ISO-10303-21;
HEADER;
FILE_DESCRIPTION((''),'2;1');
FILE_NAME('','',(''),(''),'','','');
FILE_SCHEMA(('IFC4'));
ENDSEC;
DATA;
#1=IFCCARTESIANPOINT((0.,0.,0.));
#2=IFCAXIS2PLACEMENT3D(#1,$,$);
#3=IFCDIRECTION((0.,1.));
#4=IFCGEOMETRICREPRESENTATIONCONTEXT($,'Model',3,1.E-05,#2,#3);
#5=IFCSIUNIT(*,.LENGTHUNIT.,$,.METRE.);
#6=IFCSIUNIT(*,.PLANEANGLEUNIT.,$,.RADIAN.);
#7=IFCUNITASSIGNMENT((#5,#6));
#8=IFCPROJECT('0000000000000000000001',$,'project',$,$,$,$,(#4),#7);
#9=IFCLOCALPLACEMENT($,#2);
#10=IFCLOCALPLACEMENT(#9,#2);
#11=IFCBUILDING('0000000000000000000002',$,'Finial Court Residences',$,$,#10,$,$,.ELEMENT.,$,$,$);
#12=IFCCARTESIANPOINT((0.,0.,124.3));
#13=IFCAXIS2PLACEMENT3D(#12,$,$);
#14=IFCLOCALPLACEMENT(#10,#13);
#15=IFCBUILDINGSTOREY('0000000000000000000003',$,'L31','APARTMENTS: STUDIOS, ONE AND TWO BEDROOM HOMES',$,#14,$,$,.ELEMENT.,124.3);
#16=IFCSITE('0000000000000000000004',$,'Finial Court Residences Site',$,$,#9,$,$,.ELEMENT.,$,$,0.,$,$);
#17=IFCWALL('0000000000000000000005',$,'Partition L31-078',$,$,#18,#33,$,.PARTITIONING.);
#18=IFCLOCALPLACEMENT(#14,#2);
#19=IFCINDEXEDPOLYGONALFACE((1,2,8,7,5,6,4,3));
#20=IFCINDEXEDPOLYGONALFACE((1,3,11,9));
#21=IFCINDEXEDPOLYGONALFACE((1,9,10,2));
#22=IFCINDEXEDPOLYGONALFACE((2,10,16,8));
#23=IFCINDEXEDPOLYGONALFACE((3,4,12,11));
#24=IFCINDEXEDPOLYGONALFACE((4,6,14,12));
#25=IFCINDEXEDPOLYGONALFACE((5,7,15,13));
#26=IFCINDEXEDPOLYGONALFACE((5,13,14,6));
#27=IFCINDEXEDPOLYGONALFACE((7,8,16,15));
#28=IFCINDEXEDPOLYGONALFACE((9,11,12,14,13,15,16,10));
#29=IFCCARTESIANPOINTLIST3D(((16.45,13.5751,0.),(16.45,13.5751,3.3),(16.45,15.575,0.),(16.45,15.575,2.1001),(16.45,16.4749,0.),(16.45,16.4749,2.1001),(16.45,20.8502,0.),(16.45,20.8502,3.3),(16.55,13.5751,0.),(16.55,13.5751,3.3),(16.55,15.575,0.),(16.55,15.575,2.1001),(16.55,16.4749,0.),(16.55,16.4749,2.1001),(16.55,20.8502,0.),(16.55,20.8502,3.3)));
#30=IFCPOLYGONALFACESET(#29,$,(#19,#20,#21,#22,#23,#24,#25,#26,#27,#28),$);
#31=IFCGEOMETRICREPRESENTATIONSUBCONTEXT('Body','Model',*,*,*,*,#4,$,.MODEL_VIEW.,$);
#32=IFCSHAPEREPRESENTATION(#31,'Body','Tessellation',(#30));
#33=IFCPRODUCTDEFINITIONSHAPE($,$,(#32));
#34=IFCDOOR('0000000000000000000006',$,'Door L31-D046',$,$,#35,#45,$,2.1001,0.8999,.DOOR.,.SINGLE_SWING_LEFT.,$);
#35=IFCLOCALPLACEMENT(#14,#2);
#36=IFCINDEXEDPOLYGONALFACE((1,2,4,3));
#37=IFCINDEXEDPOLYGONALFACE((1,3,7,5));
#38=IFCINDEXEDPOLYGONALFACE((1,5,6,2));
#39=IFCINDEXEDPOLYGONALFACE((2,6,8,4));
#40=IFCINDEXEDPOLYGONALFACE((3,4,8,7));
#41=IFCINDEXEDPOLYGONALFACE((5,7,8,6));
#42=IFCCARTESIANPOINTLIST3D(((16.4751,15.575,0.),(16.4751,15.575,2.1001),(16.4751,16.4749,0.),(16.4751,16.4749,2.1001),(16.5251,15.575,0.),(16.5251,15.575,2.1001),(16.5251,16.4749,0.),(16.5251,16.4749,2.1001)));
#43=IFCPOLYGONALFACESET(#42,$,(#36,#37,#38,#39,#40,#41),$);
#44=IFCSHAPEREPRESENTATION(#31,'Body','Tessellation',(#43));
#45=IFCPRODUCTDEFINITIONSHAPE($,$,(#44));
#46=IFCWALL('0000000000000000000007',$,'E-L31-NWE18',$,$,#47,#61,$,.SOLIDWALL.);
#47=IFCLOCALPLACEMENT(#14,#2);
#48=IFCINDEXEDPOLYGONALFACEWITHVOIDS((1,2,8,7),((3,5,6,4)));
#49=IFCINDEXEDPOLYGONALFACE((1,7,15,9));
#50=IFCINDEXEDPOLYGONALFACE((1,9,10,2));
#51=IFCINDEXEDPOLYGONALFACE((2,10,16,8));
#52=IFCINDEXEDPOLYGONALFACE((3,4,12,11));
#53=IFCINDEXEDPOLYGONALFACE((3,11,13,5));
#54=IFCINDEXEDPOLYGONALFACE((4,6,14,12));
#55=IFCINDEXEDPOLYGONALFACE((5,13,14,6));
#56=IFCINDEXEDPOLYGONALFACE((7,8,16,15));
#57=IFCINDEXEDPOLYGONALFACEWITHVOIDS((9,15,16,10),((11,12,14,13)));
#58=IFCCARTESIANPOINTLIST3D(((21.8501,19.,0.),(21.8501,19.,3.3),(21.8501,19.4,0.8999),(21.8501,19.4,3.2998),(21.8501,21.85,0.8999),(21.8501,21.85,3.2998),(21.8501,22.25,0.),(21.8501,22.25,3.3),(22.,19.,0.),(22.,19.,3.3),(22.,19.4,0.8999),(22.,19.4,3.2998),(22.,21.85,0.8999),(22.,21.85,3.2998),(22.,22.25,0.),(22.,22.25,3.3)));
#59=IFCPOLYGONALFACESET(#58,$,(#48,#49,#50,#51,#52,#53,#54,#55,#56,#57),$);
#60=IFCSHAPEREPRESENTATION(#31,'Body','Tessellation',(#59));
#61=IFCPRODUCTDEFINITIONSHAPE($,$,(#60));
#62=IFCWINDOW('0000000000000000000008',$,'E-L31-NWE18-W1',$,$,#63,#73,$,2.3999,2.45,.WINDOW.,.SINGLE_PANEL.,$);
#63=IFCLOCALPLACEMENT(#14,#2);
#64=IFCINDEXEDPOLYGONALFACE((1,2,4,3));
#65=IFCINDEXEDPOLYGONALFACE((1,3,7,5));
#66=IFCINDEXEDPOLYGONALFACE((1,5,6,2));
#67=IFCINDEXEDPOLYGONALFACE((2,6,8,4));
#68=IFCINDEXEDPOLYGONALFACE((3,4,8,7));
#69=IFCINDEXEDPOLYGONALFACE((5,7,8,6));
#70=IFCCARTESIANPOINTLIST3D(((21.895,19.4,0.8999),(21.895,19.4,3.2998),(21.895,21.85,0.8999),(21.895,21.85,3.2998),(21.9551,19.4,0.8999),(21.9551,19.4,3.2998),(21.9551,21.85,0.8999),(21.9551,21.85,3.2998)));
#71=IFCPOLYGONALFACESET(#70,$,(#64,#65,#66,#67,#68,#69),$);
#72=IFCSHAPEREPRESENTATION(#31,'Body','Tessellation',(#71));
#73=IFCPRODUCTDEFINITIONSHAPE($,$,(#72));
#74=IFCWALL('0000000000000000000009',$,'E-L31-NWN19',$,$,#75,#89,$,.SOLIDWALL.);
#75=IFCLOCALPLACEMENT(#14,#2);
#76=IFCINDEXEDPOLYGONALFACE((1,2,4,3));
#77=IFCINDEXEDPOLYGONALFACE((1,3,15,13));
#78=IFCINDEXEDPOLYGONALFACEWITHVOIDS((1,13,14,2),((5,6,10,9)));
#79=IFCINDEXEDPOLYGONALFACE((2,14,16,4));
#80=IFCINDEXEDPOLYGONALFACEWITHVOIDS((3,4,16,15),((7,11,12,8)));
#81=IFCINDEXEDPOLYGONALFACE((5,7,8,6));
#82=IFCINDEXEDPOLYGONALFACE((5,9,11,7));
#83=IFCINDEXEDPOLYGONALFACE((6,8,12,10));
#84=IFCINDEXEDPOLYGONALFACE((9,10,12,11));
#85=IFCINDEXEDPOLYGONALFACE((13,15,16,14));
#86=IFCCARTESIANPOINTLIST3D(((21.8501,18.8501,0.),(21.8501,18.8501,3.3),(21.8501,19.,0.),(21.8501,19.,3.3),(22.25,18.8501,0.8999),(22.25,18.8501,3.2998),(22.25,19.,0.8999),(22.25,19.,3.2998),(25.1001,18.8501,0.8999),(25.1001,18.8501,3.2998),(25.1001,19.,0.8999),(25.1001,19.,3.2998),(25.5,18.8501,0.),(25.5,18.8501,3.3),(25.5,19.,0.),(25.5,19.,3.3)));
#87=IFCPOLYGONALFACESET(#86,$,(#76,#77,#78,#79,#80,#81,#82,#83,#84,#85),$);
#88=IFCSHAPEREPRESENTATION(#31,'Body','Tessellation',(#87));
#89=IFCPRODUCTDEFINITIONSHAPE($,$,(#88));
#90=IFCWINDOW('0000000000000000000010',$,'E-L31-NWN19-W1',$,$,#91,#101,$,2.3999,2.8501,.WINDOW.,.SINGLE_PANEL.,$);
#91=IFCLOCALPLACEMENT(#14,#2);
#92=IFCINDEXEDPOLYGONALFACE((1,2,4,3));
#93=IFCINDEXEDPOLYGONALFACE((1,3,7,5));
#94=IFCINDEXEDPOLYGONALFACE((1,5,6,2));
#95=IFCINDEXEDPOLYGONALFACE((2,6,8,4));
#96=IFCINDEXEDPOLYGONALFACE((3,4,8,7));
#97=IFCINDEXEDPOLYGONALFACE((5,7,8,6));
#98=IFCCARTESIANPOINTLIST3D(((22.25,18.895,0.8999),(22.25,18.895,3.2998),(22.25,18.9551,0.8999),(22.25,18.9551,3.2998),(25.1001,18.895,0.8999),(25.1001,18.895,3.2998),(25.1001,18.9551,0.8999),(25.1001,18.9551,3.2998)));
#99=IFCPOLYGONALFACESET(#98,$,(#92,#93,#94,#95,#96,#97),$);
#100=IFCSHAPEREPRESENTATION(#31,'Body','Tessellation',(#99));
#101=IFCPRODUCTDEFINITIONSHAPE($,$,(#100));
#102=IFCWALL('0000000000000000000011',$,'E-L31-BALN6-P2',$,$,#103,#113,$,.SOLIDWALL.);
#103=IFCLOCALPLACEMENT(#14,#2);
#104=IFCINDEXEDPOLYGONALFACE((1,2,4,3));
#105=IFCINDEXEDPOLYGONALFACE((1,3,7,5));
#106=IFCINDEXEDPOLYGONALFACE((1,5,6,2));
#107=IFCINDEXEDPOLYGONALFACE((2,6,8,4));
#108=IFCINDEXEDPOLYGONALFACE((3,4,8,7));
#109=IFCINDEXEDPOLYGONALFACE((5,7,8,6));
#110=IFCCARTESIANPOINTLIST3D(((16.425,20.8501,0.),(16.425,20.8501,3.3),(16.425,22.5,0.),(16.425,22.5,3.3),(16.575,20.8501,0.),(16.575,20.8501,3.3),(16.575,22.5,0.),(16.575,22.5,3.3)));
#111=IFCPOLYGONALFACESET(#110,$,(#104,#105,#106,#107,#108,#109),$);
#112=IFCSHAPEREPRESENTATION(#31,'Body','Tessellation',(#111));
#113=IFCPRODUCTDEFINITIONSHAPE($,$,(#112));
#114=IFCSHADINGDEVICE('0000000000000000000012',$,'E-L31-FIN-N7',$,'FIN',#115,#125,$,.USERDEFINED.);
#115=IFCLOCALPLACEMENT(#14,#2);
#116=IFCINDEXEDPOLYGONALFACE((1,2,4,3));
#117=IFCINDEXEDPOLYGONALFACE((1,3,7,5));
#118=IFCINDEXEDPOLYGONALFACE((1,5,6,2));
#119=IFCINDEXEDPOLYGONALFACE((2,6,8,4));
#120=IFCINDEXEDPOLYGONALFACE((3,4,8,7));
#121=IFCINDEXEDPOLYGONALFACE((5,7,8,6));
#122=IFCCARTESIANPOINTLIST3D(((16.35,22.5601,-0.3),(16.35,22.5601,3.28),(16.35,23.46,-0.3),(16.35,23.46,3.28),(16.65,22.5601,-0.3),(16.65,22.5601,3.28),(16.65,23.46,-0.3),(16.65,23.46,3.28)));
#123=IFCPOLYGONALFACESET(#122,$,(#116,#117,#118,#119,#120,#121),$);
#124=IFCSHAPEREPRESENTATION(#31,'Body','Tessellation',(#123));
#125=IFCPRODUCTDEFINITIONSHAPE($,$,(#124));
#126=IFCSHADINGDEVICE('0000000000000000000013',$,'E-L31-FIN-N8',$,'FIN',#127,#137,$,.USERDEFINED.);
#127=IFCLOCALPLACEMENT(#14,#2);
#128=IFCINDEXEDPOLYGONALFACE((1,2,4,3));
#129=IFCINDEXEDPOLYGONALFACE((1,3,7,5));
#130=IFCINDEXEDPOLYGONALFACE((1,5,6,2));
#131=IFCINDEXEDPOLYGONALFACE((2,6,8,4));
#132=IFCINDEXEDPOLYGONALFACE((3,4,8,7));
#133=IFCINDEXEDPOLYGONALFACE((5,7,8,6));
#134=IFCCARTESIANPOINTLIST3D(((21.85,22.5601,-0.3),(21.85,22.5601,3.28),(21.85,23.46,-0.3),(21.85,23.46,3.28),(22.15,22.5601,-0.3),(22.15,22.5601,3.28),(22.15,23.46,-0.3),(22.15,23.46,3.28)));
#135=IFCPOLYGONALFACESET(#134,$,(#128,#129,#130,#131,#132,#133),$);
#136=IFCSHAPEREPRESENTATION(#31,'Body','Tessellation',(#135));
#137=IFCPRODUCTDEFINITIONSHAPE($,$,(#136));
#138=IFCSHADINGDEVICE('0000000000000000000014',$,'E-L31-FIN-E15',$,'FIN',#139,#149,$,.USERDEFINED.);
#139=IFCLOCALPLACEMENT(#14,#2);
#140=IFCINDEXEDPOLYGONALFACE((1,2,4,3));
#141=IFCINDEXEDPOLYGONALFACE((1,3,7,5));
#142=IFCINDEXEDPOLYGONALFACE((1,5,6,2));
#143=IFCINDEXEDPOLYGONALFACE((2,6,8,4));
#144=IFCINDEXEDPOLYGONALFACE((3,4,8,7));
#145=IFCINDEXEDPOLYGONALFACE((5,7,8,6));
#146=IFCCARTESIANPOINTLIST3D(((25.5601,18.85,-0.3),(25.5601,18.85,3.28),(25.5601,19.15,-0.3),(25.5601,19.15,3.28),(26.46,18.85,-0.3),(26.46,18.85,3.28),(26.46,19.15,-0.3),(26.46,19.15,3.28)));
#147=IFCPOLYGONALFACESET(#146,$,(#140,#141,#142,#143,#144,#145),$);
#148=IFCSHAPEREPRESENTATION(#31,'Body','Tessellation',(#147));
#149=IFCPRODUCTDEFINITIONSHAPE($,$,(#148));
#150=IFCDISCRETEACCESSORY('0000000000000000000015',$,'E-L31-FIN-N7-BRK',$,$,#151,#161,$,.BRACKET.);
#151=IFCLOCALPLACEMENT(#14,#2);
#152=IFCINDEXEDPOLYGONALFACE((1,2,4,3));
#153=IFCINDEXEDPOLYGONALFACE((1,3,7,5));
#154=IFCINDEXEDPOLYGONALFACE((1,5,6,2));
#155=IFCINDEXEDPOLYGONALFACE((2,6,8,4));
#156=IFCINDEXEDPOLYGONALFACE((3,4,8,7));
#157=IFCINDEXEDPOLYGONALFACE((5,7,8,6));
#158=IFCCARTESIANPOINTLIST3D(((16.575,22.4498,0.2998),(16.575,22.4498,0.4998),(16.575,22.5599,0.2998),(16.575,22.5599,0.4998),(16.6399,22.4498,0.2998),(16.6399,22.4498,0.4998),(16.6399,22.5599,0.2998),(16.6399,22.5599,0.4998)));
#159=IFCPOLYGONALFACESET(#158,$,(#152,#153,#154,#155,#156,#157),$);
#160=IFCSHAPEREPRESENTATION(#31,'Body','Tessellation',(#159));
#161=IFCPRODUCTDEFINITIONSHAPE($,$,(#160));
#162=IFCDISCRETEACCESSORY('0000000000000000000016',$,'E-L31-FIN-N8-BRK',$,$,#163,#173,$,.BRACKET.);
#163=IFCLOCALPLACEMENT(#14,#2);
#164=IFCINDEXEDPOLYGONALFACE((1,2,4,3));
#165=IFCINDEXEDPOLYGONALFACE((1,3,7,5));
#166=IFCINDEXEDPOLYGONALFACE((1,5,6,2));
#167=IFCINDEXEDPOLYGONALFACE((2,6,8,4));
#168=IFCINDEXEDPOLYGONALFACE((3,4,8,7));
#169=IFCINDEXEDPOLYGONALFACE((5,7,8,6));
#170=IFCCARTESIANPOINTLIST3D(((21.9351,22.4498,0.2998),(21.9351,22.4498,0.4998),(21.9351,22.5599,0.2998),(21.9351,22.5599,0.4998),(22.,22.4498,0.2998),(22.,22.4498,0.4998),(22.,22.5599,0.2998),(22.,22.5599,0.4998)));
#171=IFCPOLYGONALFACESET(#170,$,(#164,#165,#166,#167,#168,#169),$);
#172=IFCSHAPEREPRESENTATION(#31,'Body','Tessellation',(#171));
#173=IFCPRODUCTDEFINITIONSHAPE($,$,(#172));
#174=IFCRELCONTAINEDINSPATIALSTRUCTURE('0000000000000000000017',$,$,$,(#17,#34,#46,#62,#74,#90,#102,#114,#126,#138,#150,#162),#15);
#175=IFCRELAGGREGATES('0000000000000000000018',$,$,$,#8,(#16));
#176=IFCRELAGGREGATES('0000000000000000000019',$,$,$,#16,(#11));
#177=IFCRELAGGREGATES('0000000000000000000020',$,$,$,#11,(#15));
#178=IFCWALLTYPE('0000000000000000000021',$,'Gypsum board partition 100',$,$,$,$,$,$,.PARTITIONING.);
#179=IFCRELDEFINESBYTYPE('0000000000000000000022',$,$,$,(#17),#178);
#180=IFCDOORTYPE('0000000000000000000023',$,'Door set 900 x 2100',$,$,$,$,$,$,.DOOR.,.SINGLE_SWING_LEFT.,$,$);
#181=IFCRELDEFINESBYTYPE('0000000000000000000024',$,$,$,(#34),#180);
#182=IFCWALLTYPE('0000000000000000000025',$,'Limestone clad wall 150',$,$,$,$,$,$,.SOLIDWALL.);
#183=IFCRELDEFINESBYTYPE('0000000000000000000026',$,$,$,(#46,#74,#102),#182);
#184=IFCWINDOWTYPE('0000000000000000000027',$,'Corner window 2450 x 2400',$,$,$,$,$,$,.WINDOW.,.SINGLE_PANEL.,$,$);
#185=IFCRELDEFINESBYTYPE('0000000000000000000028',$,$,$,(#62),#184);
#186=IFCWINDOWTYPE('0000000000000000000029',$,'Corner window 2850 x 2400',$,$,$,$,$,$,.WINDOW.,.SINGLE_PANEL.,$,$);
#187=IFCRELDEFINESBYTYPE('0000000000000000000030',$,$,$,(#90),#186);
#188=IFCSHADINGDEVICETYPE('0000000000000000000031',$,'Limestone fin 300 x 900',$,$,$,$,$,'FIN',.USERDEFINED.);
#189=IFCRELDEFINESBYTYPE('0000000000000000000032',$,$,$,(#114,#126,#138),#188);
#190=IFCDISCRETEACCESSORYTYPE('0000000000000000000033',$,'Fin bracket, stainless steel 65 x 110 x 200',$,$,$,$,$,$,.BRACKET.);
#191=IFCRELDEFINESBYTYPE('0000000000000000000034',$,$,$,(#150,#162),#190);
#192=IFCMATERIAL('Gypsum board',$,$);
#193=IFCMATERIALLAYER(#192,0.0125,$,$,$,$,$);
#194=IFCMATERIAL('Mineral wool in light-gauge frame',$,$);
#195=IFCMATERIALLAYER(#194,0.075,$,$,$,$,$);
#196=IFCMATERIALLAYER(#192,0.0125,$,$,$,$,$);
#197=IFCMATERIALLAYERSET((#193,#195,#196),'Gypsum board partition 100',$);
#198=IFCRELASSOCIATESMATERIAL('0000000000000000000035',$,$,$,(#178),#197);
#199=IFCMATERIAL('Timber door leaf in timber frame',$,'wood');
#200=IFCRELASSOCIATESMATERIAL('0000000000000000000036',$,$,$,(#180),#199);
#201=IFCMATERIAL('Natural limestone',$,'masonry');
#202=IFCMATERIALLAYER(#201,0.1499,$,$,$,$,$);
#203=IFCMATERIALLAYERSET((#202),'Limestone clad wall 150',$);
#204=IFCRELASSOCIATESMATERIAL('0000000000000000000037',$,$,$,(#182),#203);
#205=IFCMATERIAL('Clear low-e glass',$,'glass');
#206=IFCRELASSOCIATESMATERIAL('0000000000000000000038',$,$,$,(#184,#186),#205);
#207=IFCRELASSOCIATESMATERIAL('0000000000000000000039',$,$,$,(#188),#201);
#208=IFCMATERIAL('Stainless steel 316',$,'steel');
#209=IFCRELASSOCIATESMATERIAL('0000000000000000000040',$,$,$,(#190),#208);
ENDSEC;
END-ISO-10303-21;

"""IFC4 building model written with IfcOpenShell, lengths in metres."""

from ifc_helpers import new_model, si_unit, direction, frame, frame_2d, origin, origin_2d, place, context, subcontext, project, spatial, rectangle, extrude, material, layer, layer_set, type_object, element, fill, save


model = new_model("IFC4")

# Units and contexts
model_context = context("Model", 3, precision=1e-05, world=origin(), true_north=direction((0.0, 1.0)))
body_context = subcontext(model_context, "Body", "Model", "MODEL_VIEW")
ifc_project = project(units=[si_unit("LENGTHUNIT", "METRE"), si_unit("PLANEANGLEUNIT", "RADIAN")], contexts=[model_context])

# Site, building, storey
site_placement = place(None, origin())
site = spatial("IfcSite", under=ifc_project, at=site_placement, Name="Finial Court Residences Site", CompositionType="ELEMENT", RefElevation=0.0)
building_placement = place(site_placement, origin())
building = spatial("IfcBuilding", under=site, at=building_placement, Name="Finial Court Residences", CompositionType="ELEMENT")
storey_placement = place(building_placement, frame((0.0, 0.0, 124.3)))
storey = spatial("IfcBuildingStorey", under=building, at=storey_placement, Name="L31", Description="APARTMENTS: STUDIOS, ONE AND TWO BEDROOM HOMES", CompositionType="ELEMENT", Elevation=124.3)

# Shared definitions
ifc_material_1 = material(Name="Clear low-e glass", Category="glass")

# Wall, opening, door
ifc_material_2 = material(Name="Gypsum board")
ifc_layer_1 = layer(ifc_material_2, 0.0125)
ifc_material_3 = material(Name="Mineral wool in light-gauge frame")
ifc_layer_2 = layer(ifc_material_3, 0.075)
ifc_layer_3 = layer(ifc_material_2, 0.0125)
ifc_layer_set_1 = layer_set([ifc_layer_1, ifc_layer_2, ifc_layer_3], Name="Gypsum board partition 100")
wall_type_1 = type_object("IfcWallType", Name="Gypsum board partition 100", PredefinedType="PARTITIONING", material=ifc_layer_set_1)
ifc_material_4 = material(Name="Timber door leaf in timber frame", Category="wood")
door_type = type_object("IfcDoorType", Name="Door set 900 x 2100", OperationType="SINGLE_SWING_LEFT", PredefinedType="DOOR", material=ifc_material_4)
wall_1_placement = place(storey_placement, frame((16.5, 13.575, 0.0), z_axis=(0.0, 0.0, 1.0), x_axis=(0.0, 1.0, 0.0)))
wall_1 = element("IfcWall", 1, at=wall_1_placement, inside=storey, type_object=wall_type_1, Name="Partition L31-078", PredefinedType="PARTITIONING", context=body_context, shape_type="SweptSolid", body=[
    extrude(rectangle(XDim=7.2751, YDim=0.1001, at=frame_2d((3.6377, 0.0))), origin(), (0.0, 0.0, 1.0), 3.3),
])
opening_1_placement = place(wall_1_placement, frame((2.0, 0.0, 0.0)))
opening_1 = element("IfcOpeningElement", 2, at=opening_1_placement, cuts=wall_1, PredefinedType="OPENING", context=body_context, shape_type="SweptSolid", body=[
    extrude(rectangle(XDim=0.8999, YDim=2.1001, at=frame_2d((0.45, 1.05))), frame((0.0, 0.0601, 0.0), z_axis=(0.0, -1.0, 0.0), x_axis=(1.0, 0.0, 0.0)), (0.0, 0.0, 1.0), 0.1201),
])
door_1_placement = place(opening_1_placement, origin())
door_1 = element("IfcDoor", 3, at=door_1_placement, inside=storey, type_object=door_type, Name="Door L31-D046", OperationType="SINGLE_SWING_LEFT", OverallHeight=2.1001, OverallWidth=0.8999, PredefinedType="DOOR", context=body_context, shape_type="SweptSolid", body=[
    extrude(rectangle(XDim=0.8999, YDim=2.1001, at=frame_2d((0.45, 1.05))), frame((0.0, 0.0249, 0.0), z_axis=(0.0, -1.0, 0.0), x_axis=(1.0, 0.0, 0.0)), (0.0, 0.0, 1.0), 0.05),
])
fill(opening_1, door_1)

# Walls, openings, windows
ifc_material_5 = material(Name="Natural limestone", Category="masonry")
ifc_layer_4 = layer(ifc_material_5, 0.1499)
ifc_layer_set_2 = layer_set([ifc_layer_4], Name="Limestone clad wall 150")
wall_type_2 = type_object("IfcWallType", Name="Limestone clad wall 150", PredefinedType="SOLIDWALL", material=ifc_layer_set_2)
wall_2_placement = place(storey_placement, frame((21.925, 22.25, 0.0), z_axis=(0.0, 0.0, 1.0), x_axis=(0.0, -1.0, 0.0)))
wall_2 = element("IfcWall", 4, at=wall_2_placement, inside=storey, type_object=wall_type_2, Name="E-L31-NWE18", PredefinedType="SOLIDWALL", context=body_context, shape_type="SweptSolid", body=[
    extrude(rectangle(XDim=3.25, YDim=0.1499, at=frame_2d((1.625, 0.0))), origin(), (0.0, 0.0, 1.0), 3.3),
])
opening_2_placement = place(wall_2_placement, frame((0.3999, 0.0, 0.8999)))
opening_2 = element("IfcOpeningElement", 5, at=opening_2_placement, cuts=wall_2, PredefinedType="OPENING", context=body_context, shape_type="SweptSolid", body=[
    extrude(rectangle(XDim=2.45, YDim=2.3999, at=frame_2d((1.2251, 1.2))), frame((0.0, 0.085, 0.0), z_axis=(0.0, -1.0, 0.0), x_axis=(1.0, 0.0, 0.0)), (0.0, 0.0, 1.0), 0.1699),
])
window_type_1 = type_object("IfcWindowType", Name="Corner window 2450 x 2400", PartitioningType="SINGLE_PANEL", PredefinedType="WINDOW", material=ifc_material_1)
window_1_placement = place(opening_2_placement, origin())
window_1 = element("IfcWindow", 6, at=window_1_placement, inside=storey, type_object=window_type_1, Name="E-L31-NWE18-W1", OverallHeight=2.3999, OverallWidth=2.45, PartitioningType="SINGLE_PANEL", PredefinedType="WINDOW", context=body_context, shape_type="SweptSolid", body=[
    extrude(rectangle(XDim=2.45, YDim=2.3999, at=frame_2d((1.2251, 1.2))), frame((0.0, 0.03, 0.0), z_axis=(0.0, -1.0, 0.0), x_axis=(1.0, 0.0, 0.0)), (0.0, 0.0, 1.0), 0.0601),
])
fill(opening_2, window_1)
wall_3_placement = place(storey_placement, frame((21.8501, 18.925, 0.0), z_axis=(0.0, 0.0, 1.0), x_axis=(1.0, 0.0, 0.0)))
wall_3 = element("IfcWall", 7, at=wall_3_placement, inside=storey, type_object=wall_type_2, Name="E-L31-NWN19", PredefinedType="SOLIDWALL", context=body_context, shape_type="SweptSolid", body=[
    extrude(rectangle(XDim=3.6499, YDim=0.1499, at=frame_2d((1.825, 0.0))), origin(), (0.0, 0.0, 1.0), 3.3),
])
opening_3_placement = place(wall_3_placement, frame((0.3999, 0.0, 0.8999)))
opening_3 = element("IfcOpeningElement", 8, at=opening_3_placement, cuts=wall_3, PredefinedType="OPENING", context=body_context, shape_type="SweptSolid", body=[
    extrude(rectangle(XDim=2.8501, YDim=2.3999, at=frame_2d((1.425, 1.2))), frame((0.0, 0.085, 0.0), z_axis=(0.0, -1.0, 0.0), x_axis=(1.0, 0.0, 0.0)), (0.0, 0.0, 1.0), 0.1699),
])
window_type_2 = type_object("IfcWindowType", Name="Corner window 2850 x 2400", PartitioningType="SINGLE_PANEL", PredefinedType="WINDOW", material=ifc_material_1)
window_2_placement = place(opening_3_placement, origin())
window_2 = element("IfcWindow", 9, at=window_2_placement, inside=storey, type_object=window_type_2, Name="E-L31-NWN19-W1", OverallHeight=2.3999, OverallWidth=2.8501, PartitioningType="SINGLE_PANEL", PredefinedType="WINDOW", context=body_context, shape_type="SweptSolid", body=[
    extrude(rectangle(XDim=2.8501, YDim=2.3999, at=frame_2d((1.425, 1.2))), frame((0.0, 0.03, 0.0), z_axis=(0.0, -1.0, 0.0), x_axis=(1.0, 0.0, 0.0)), (0.0, 0.0, 1.0), 0.0601),
])
fill(opening_3, window_2)

# Wall
wall_4_placement = place(storey_placement, frame((16.5, 20.8501, 0.0), z_axis=(0.0, 0.0, 1.0), x_axis=(0.0, 1.0, 0.0)))
element("IfcWall", 10, at=wall_4_placement, inside=storey, type_object=wall_type_2, Name="E-L31-BALN6-P2", PredefinedType="SOLIDWALL", context=body_context, shape_type="SweptSolid", body=[
    extrude(rectangle(XDim=1.6499, YDim=0.1499, at=frame_2d((0.825, 0.0))), origin(), (0.0, 0.0, 1.0), 3.3),
])

# Shading devices
shading_device_type = type_object("IfcShadingDeviceType", Name="Limestone fin 300 x 900", ElementType="FIN", PredefinedType="USERDEFINED", material=ifc_material_5)
for number, where, z_axis, x_axis, name in (
    (11, (16.5, 23.01, -0.3), (0.0, 0.0, 1.0), (1.0, 0.0, 0.0), "E-L31-FIN-N7"),
    (12, (22.0, 23.01, -0.3), (0.0, 0.0, 1.0), (1.0, 0.0, 0.0), "E-L31-FIN-N8"),
):
    element("IfcShadingDevice", number, at=place(storey_placement, frame(where, z_axis=z_axis, x_axis=x_axis)), inside=storey, type_object=shading_device_type, Name=name, ObjectType="FIN", PredefinedType="USERDEFINED", context=body_context, shape_type="SweptSolid", body=[
        extrude(rectangle(XDim=0.3, YDim=0.8999, at=origin_2d()), origin(), (0.0, 0.0, 1.0), 3.5801),
    ])
shading_device_placement = place(storey_placement, frame((26.01, 19.0, -0.3), z_axis=(0.0, 0.0, 1.0), x_axis=(1.0, 0.0, 0.0)))
element("IfcShadingDevice", 13, at=shading_device_placement, inside=storey, type_object=shading_device_type, Name="E-L31-FIN-E15", ObjectType="FIN", PredefinedType="USERDEFINED", context=body_context, shape_type="SweptSolid", body=[
    extrude(rectangle(XDim=0.8999, YDim=0.3, at=origin_2d()), origin(), (0.0, 0.0, 1.0), 3.5801),
])

# Discrete accessories
ifc_material_6 = material(Name="Stainless steel 316", Category="steel")
discrete_accessory_type = type_object("IfcDiscreteAccessoryType", Name="Fin bracket, stainless steel 65 x 110 x 200", PredefinedType="BRACKET", material=ifc_material_6)
for number, where, z_axis, x_axis, name in (
    (14, (16.6074, 22.5049, 0.2998), (0.0, 0.0, 1.0), (1.0, 0.0, 0.0), "E-L31-FIN-N7-BRK"),
    (15, (21.9675, 22.5049, 0.2998), (0.0, 0.0, 1.0), (1.0, 0.0, 0.0), "E-L31-FIN-N8-BRK"),
):
    element("IfcDiscreteAccessory", number, at=place(storey_placement, frame(where, z_axis=z_axis, x_axis=x_axis)), inside=storey, type_object=discrete_accessory_type, Name=name, PredefinedType="BRACKET", context=body_context, shape_type="SweptSolid", body=[
        extrude(rectangle(XDim=0.0649, YDim=0.1101, at=origin_2d()), origin(), (0.0, 0.0, 1.0), 0.2),
    ])

save(model, "model.ifc")
